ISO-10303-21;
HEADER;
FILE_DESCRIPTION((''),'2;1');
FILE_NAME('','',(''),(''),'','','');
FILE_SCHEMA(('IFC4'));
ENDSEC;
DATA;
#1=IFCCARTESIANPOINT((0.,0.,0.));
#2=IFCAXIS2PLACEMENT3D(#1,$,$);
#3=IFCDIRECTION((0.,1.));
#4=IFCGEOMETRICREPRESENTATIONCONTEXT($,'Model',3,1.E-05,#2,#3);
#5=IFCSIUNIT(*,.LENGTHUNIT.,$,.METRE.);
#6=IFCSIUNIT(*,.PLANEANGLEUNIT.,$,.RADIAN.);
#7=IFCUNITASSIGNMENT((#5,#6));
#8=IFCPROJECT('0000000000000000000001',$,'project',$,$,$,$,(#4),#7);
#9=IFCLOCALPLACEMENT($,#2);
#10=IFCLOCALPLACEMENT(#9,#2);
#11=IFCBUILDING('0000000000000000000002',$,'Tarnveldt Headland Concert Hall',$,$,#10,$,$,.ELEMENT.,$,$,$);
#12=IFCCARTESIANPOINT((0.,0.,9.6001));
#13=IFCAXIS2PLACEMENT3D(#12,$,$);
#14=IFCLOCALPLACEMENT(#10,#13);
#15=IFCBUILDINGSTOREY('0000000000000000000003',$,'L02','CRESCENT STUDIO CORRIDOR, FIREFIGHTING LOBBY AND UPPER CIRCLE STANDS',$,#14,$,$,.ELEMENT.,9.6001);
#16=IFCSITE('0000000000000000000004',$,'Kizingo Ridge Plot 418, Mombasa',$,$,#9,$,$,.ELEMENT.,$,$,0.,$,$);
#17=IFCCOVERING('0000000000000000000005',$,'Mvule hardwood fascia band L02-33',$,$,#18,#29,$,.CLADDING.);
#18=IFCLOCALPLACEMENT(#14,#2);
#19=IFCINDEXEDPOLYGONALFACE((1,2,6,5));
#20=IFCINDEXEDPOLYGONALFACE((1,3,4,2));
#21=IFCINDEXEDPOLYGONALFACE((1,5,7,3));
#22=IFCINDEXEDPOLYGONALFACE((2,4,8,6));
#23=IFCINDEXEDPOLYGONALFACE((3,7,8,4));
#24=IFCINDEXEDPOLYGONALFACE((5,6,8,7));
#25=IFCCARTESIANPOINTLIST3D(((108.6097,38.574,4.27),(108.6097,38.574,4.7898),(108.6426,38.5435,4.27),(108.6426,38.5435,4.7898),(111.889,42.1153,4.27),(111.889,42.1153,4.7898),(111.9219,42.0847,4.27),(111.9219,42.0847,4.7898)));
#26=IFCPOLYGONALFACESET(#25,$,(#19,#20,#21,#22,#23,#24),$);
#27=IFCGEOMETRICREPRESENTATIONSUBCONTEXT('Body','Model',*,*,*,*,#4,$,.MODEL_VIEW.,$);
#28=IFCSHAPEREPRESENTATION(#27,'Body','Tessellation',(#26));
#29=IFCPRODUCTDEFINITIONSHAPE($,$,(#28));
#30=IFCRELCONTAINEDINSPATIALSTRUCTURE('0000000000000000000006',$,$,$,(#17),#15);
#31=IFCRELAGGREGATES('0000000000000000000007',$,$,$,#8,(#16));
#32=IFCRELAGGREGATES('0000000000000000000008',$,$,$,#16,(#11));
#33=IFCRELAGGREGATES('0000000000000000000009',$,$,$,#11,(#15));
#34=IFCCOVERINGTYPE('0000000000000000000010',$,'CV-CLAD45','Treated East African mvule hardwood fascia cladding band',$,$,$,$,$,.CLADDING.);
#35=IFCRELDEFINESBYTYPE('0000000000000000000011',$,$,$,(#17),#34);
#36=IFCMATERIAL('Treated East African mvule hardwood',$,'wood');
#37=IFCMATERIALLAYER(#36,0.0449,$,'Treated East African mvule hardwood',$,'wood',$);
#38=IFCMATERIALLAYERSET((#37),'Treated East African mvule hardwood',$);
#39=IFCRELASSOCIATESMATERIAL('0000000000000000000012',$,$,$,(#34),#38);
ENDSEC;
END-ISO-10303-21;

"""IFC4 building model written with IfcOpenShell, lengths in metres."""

from ifc_helpers import new_model, si_unit, direction, frame, frame_2d, origin, place, context, subcontext, project, spatial, rectangle, extrude, material, layer, layer_set, type_object, element, save


model = new_model("IFC4")

# Units and contexts
model_context = context("Model", 3, precision=1e-05, world=origin(), true_north=direction((0.0, 1.0)))
body_context = subcontext(model_context, "Body", "Model", "MODEL_VIEW")
ifc_project = project(units=[si_unit("LENGTHUNIT", "METRE"), si_unit("PLANEANGLEUNIT", "RADIAN")], contexts=[model_context])

# Site, building, storey
site_placement = place(None, origin())
site = spatial("IfcSite", under=ifc_project, at=site_placement, Name="Kizingo Ridge Plot 418, Mombasa", CompositionType="ELEMENT", RefElevation=0.0)
building_placement = place(site_placement, origin())
building = spatial("IfcBuilding", under=site, at=building_placement, Name="Tarnveldt Headland Concert Hall", CompositionType="ELEMENT")
storey_placement = place(building_placement, frame((0.0, 0.0, 9.6001)))
storey = spatial("IfcBuildingStorey", under=building, at=storey_placement, Name="L02", Description="CRESCENT STUDIO CORRIDOR, FIREFIGHTING LOBBY AND UPPER CIRCLE STANDS", CompositionType="ELEMENT", Elevation=9.6001)

# Covering
ifc_material_1 = material(Name="Treated East African mvule hardwood", Category="wood")
ifc_layer_1 = layer(ifc_material_1, 0.0449, Name="Treated East African mvule hardwood", Category="wood")
ifc_layer_set_1 = layer_set([ifc_layer_1], Name="Treated East African mvule hardwood")
covering_type = type_object("IfcCoveringType", Name="CV-CLAD45", Description="Treated East African mvule hardwood fascia cladding band", PredefinedType="CLADDING", material=ifc_layer_set_1)
covering_1_placement = place(storey_placement, frame((108.6262, 38.5588, 4.27), z_axis=(0.0, 0.0, 1.0), x_axis=(0.679447, 0.733724, 0.0)))
element("IfcCovering", 1, at=covering_1_placement, inside=storey, type_object=covering_type, Name="Mvule hardwood fascia band L02-33", PredefinedType="CLADDING", context=body_context, shape_type="SweptSolid", body=[
    extrude(rectangle(XDim=4.8264, YDim=0.0449, at=frame_2d((2.4131, 0.0))), origin(), (0.0, 0.0, 1.0), 0.5198),
])

save(model, "model.ifc")
